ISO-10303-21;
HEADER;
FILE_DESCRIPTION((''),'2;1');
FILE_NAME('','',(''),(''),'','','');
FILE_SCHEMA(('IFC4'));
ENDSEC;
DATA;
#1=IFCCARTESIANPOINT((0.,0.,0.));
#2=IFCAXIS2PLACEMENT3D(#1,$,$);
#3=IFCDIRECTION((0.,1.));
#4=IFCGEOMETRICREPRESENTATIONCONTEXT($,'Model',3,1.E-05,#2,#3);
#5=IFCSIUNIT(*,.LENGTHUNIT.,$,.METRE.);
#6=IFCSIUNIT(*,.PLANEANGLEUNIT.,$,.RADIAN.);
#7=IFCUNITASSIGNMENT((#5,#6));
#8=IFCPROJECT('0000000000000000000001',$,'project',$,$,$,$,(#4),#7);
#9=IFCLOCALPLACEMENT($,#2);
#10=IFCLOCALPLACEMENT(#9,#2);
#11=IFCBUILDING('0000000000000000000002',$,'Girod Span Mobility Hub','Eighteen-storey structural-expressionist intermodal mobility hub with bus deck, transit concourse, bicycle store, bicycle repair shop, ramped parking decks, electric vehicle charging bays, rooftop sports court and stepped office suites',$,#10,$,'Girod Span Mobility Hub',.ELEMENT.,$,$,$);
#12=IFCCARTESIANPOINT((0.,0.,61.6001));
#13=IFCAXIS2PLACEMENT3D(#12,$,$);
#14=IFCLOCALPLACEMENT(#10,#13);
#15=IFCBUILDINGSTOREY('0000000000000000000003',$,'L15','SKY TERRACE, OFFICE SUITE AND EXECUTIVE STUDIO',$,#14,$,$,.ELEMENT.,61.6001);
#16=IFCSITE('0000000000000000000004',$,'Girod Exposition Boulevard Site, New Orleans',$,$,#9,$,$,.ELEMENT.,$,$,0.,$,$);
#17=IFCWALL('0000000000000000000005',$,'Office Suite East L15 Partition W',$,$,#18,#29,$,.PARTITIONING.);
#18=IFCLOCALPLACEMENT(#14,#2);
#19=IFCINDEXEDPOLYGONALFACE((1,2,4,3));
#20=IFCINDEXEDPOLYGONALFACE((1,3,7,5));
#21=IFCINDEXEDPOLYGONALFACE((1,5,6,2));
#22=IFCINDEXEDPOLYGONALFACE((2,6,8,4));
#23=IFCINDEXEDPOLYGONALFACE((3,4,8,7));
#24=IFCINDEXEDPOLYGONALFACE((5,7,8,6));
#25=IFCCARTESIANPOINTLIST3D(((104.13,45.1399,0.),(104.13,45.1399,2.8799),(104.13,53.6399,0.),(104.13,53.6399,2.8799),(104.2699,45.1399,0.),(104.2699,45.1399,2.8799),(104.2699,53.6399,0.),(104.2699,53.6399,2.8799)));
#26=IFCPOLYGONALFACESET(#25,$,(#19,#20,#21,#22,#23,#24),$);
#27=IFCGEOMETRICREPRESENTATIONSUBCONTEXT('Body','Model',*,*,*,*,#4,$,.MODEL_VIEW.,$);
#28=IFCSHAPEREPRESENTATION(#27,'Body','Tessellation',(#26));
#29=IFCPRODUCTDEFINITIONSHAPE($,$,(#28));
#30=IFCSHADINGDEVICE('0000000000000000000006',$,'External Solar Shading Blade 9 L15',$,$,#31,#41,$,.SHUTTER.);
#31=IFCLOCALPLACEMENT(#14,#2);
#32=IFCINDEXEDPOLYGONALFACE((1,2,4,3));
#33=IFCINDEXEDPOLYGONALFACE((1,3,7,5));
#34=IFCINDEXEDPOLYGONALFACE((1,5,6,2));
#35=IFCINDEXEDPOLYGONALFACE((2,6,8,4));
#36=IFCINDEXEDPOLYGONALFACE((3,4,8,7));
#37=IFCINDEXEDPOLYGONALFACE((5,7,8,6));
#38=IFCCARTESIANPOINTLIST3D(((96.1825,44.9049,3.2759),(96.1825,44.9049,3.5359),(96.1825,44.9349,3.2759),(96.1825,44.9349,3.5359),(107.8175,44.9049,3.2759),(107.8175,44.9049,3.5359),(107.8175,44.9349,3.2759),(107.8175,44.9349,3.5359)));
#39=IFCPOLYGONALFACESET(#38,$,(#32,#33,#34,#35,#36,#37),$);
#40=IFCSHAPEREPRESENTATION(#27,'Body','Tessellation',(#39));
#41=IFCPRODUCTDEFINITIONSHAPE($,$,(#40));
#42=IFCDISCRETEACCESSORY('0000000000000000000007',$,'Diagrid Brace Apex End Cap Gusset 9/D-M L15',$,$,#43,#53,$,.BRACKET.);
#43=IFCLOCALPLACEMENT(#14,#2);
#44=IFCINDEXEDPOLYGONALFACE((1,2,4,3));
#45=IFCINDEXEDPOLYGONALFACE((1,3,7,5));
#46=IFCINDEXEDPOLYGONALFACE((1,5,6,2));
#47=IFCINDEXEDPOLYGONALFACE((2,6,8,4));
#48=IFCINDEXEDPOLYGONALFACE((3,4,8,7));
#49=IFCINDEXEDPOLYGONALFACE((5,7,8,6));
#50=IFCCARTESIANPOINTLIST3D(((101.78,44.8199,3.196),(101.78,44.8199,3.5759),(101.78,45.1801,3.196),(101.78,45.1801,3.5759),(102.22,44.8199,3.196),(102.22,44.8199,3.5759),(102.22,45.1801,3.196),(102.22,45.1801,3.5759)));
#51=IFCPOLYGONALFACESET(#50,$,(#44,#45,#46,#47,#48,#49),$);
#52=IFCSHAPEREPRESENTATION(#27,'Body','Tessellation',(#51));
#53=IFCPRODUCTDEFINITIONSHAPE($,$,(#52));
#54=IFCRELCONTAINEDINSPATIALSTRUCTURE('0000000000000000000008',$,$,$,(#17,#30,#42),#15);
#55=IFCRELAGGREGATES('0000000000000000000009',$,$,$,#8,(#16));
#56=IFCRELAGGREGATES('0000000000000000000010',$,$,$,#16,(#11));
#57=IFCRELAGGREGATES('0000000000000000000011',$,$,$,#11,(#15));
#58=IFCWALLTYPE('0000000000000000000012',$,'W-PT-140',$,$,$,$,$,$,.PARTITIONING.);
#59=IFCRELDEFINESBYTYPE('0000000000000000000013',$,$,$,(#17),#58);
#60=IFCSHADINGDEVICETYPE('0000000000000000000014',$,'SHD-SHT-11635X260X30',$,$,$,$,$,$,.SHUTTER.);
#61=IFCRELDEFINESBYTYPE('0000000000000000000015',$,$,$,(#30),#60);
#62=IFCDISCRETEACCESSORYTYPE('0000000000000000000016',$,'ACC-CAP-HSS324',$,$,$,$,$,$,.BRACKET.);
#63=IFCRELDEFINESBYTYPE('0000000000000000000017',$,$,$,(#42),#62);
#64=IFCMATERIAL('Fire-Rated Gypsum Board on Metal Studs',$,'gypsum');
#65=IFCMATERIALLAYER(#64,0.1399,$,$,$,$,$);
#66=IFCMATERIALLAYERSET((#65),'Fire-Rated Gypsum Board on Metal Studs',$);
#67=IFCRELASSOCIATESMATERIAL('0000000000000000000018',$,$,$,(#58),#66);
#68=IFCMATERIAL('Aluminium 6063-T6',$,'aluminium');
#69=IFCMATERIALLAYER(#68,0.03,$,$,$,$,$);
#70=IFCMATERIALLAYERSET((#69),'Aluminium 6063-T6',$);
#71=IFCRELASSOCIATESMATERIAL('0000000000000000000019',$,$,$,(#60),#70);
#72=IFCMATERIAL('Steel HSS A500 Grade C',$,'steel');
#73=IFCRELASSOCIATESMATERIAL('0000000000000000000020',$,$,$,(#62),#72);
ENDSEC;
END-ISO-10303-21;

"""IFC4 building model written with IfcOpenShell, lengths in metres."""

from ifc_helpers import new_model, si_unit, direction, frame, frame_2d, origin, origin_2d, place, context, subcontext, project, spatial, rectangle, extrude, material, layer, layer_set, type_object, element, save


model = new_model("IFC4")

# Units and contexts
model_context = context("Model", 3, precision=1e-05, world=origin(), true_north=direction((0.0, 1.0)))
body_context = subcontext(model_context, "Body", "Model", "MODEL_VIEW")
ifc_project = project(units=[si_unit("LENGTHUNIT", "METRE"), si_unit("PLANEANGLEUNIT", "RADIAN")], contexts=[model_context])

# Site, building, storey
site_placement = place(None, origin())
site = spatial("IfcSite", under=ifc_project, at=site_placement, Name="Girod Exposition Boulevard Site, New Orleans", CompositionType="ELEMENT", RefElevation=0.0)
building_placement = place(site_placement, origin())
building = spatial("IfcBuilding", under=site, at=building_placement, Name="Girod Span Mobility Hub", Description="Eighteen-storey structural-expressionist intermodal mobility hub with bus deck, transit concourse, bicycle store, bicycle repair shop, ramped parking decks, electric vehicle charging bays, rooftop sports court and stepped office suites", LongName="Girod Span Mobility Hub", CompositionType="ELEMENT")
storey_placement = place(building_placement, frame((0.0, 0.0, 61.6001)))
storey = spatial("IfcBuildingStorey", under=building, at=storey_placement, Name="L15", Description="SKY TERRACE, OFFICE SUITE AND EXECUTIVE STUDIO", CompositionType="ELEMENT", Elevation=61.6001)

# Shared definitions
ifc_material_1 = material(Name="Fire-Rated Gypsum Board on Metal Studs", Category="gypsum")
ifc_layer_1 = layer(ifc_material_1, 0.1399)
ifc_layer_set_1 = layer_set([ifc_layer_1], Name="Fire-Rated Gypsum Board on Metal Studs")
wall_type_1 = type_object("IfcWallType", Name="W-PT-140", PredefinedType="PARTITIONING", material=ifc_layer_set_1)

# Wall
wall_1_placement = place(storey_placement, frame((104.2, 45.1399, 0.0), z_axis=(0.0, 0.0, 1.0), x_axis=(0.0, 1.0, 0.0)))
element("IfcWall", 1, at=wall_1_placement, inside=storey, type_object=wall_type_1, Name="Office Suite East L15 Partition W", PredefinedType="PARTITIONING", context=body_context, shape_type="SweptSolid", body=[
    extrude(rectangle(XDim=8.5, YDim=0.1399, at=frame_2d((4.25, 0.0))), origin(), (0.0, 0.0, 1.0), 2.8799),
])

# Shading device
ifc_material_2 = material(Name="Aluminium 6063-T6", Category="aluminium")
ifc_layer_2 = layer(ifc_material_2, 0.03)
ifc_layer_set_2 = layer_set([ifc_layer_2], Name="Aluminium 6063-T6")
shading_device_type = type_object("IfcShadingDeviceType", Name="SHD-SHT-11635X260X30", PredefinedType="SHUTTER", material=ifc_layer_set_2)
shading_device_placement = place(storey_placement, frame((102.0, 44.9199, 3.2759), z_axis=(0.0, 0.0, 1.0), x_axis=(1.0, 0.0, 0.0)))
element("IfcShadingDevice", 2, at=shading_device_placement, inside=storey, type_object=shading_device_type, Name="External Solar Shading Blade 9 L15", PredefinedType="SHUTTER", context=body_context, shape_type="SweptSolid", body=[
    extrude(rectangle(XDim=11.635, YDim=0.03, at=origin_2d()), origin(), (0.0, 0.0, 1.0), 0.26),
])

# Discrete accessory
ifc_material_3 = material(Name="Steel HSS A500 Grade C", Category="steel")
discrete_accessory_type = type_object("IfcDiscreteAccessoryType", Name="ACC-CAP-HSS324", PredefinedType="BRACKET", material=ifc_material_3)
discrete_accessory_placement = place(storey_placement, frame((102.0, 45.0, 3.196), z_axis=(0.0, 0.0, 1.0), x_axis=(1.0, 0.0, 0.0)))
element("IfcDiscreteAccessory", 3, at=discrete_accessory_placement, inside=storey, type_object=discrete_accessory_type, Name="Diagrid Brace Apex End Cap Gusset 9/D-M L15", PredefinedType="BRACKET", context=body_context, shape_type="SweptSolid", body=[
    extrude(rectangle(XDim=0.4399, YDim=0.3601, at=origin_2d()), origin(), (0.0, 0.0, 1.0), 0.3799),
])

save(model, "model.ifc")
